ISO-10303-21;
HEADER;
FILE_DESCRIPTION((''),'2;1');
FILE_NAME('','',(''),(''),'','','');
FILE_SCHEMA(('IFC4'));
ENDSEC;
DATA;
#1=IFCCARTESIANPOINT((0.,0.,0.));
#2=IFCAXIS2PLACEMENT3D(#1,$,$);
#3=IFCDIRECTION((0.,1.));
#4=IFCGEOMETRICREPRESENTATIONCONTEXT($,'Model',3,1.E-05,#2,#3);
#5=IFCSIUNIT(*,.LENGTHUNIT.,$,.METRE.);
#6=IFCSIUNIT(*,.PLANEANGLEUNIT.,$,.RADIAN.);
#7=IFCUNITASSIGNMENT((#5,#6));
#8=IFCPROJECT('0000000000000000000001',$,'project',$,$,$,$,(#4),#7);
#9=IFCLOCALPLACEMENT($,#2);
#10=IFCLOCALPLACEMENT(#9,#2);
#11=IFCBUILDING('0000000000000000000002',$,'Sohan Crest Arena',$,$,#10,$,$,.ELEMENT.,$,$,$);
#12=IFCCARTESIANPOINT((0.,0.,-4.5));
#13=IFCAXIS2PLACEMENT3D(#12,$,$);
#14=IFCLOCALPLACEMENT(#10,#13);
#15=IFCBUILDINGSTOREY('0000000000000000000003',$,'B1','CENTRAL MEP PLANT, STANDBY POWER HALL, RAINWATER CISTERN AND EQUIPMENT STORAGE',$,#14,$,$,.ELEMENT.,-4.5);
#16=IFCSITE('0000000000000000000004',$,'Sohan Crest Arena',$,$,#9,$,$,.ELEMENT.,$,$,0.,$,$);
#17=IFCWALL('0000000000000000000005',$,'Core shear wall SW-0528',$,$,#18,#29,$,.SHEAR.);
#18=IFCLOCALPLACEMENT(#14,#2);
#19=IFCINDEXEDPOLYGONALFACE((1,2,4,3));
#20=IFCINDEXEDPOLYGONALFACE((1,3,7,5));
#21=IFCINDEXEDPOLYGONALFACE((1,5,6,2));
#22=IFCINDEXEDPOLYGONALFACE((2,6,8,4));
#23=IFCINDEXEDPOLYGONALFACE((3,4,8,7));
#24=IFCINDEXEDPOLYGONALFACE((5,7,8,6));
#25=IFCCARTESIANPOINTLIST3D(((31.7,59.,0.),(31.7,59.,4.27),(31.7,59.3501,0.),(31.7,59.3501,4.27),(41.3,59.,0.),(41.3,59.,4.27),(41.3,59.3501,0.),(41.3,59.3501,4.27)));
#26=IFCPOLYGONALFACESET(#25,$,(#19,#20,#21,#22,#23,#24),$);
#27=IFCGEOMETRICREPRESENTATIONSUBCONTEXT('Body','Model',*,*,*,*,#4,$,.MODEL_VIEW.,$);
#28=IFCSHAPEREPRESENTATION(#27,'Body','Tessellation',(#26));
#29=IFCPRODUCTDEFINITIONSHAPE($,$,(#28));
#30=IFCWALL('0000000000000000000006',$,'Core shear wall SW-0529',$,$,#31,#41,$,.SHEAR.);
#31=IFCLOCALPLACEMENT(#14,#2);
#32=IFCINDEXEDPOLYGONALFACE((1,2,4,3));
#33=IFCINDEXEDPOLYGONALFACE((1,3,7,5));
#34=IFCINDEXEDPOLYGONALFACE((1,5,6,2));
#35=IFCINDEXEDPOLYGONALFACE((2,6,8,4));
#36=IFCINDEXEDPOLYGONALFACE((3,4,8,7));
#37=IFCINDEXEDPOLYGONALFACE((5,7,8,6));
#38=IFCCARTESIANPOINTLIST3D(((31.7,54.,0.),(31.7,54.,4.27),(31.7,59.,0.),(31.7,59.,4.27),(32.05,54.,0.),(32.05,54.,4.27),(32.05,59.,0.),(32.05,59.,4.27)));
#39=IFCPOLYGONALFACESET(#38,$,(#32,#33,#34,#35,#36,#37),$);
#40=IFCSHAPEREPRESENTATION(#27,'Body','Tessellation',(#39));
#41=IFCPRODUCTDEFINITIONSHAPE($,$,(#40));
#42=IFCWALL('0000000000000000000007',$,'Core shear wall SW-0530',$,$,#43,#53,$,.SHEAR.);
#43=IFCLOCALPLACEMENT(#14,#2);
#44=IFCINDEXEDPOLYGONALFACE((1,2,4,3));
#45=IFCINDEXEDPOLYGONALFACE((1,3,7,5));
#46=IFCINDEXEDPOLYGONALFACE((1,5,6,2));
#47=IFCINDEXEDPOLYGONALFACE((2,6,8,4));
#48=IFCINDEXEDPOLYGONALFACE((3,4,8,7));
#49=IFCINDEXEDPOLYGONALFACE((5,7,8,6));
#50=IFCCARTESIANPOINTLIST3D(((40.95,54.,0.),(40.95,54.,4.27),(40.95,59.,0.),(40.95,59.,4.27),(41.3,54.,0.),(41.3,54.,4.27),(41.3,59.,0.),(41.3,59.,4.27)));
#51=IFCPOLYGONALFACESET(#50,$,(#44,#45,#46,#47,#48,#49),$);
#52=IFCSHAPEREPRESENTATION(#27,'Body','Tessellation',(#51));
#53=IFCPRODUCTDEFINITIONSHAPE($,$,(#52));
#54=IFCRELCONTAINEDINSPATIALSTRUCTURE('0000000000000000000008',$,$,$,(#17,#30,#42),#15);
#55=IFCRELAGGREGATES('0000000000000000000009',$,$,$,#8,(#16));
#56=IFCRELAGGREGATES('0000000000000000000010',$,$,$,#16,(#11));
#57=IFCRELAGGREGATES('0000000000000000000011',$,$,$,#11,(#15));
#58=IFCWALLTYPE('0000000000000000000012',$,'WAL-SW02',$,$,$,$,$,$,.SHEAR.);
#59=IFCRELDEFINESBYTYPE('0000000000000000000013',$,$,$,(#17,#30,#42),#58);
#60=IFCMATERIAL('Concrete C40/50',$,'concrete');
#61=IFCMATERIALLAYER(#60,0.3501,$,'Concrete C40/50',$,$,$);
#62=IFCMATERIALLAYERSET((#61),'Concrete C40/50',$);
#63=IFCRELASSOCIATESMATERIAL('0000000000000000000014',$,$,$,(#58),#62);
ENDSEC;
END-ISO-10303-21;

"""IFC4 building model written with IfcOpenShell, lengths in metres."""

from ifc_helpers import new_model, si_unit, direction, frame, frame_2d, origin, place, context, subcontext, project, spatial, rectangle, extrude, material, layer, layer_set, type_object, element, save


model = new_model("IFC4")

# Units and contexts
model_context = context("Model", 3, precision=1e-05, world=origin(), true_north=direction((0.0, 1.0)))
body_context = subcontext(model_context, "Body", "Model", "MODEL_VIEW")
ifc_project = project(units=[si_unit("LENGTHUNIT", "METRE"), si_unit("PLANEANGLEUNIT", "RADIAN")], contexts=[model_context])

# Site, building, storey
site_placement = place(None, origin())
site = spatial("IfcSite", under=ifc_project, at=site_placement, Name="Sohan Crest Arena", CompositionType="ELEMENT", RefElevation=0.0)
building_placement = place(site_placement, origin())
building = spatial("IfcBuilding", under=site, at=building_placement, Name="Sohan Crest Arena", CompositionType="ELEMENT")
storey_placement = place(building_placement, frame((0.0, 0.0, -4.5)))
storey = spatial("IfcBuildingStorey", under=building, at=storey_placement, Name="B1", Description="CENTRAL MEP PLANT, STANDBY POWER HALL, RAINWATER CISTERN AND EQUIPMENT STORAGE", CompositionType="ELEMENT", Elevation=-4.5)

# Shared definitions
ifc_material_1 = material(Name="Concrete C40/50", Category="concrete")

# Walls
ifc_layer_1 = layer(ifc_material_1, 0.3501, Name="Concrete C40/50")
ifc_layer_set_1 = layer_set([ifc_layer_1], Name="Concrete C40/50")
wall_type = type_object("IfcWallType", Name="WAL-SW02", PredefinedType="SHEAR", material=ifc_layer_set_1)
for number, where, z_axis, x_axis, name in (
    (1, (31.7, 59.175, 0.0), (0.0, 0.0, 1.0), (1.0, 0.0, 0.0), "Core shear wall SW-0528"),
):
    element("IfcWall", number, at=place(storey_placement, frame(where, z_axis=z_axis, x_axis=x_axis)), inside=storey, type_object=wall_type, Name=name, PredefinedType="SHEAR", context=body_context, shape_type="SweptSolid", body=[
        extrude(rectangle(XDim=9.6001, YDim=0.3501, at=frame_2d((4.8, 0.0))), origin(), (0.0, 0.0, 1.0), 4.27),
    ])
for number, where, z_axis, x_axis, name in (
    (2, (31.875, 54.0, 0.0), (0.0, 0.0, 1.0), (0.0, 1.0, 0.0), "Core shear wall SW-0529"),
    (3, (41.125, 54.0, 0.0), (0.0, 0.0, 1.0), (0.0, 1.0, 0.0), "Core shear wall SW-0530"),
):
    element("IfcWall", number, at=place(storey_placement, frame(where, z_axis=z_axis, x_axis=x_axis)), inside=storey, type_object=wall_type, Name=name, PredefinedType="SHEAR", context=body_context, shape_type="SweptSolid", body=[
        extrude(rectangle(XDim=5.0, YDim=0.3501, at=frame_2d((2.5, 0.0))), origin(), (0.0, 0.0, 1.0), 4.27),
    ])

save(model, "model.ifc")
